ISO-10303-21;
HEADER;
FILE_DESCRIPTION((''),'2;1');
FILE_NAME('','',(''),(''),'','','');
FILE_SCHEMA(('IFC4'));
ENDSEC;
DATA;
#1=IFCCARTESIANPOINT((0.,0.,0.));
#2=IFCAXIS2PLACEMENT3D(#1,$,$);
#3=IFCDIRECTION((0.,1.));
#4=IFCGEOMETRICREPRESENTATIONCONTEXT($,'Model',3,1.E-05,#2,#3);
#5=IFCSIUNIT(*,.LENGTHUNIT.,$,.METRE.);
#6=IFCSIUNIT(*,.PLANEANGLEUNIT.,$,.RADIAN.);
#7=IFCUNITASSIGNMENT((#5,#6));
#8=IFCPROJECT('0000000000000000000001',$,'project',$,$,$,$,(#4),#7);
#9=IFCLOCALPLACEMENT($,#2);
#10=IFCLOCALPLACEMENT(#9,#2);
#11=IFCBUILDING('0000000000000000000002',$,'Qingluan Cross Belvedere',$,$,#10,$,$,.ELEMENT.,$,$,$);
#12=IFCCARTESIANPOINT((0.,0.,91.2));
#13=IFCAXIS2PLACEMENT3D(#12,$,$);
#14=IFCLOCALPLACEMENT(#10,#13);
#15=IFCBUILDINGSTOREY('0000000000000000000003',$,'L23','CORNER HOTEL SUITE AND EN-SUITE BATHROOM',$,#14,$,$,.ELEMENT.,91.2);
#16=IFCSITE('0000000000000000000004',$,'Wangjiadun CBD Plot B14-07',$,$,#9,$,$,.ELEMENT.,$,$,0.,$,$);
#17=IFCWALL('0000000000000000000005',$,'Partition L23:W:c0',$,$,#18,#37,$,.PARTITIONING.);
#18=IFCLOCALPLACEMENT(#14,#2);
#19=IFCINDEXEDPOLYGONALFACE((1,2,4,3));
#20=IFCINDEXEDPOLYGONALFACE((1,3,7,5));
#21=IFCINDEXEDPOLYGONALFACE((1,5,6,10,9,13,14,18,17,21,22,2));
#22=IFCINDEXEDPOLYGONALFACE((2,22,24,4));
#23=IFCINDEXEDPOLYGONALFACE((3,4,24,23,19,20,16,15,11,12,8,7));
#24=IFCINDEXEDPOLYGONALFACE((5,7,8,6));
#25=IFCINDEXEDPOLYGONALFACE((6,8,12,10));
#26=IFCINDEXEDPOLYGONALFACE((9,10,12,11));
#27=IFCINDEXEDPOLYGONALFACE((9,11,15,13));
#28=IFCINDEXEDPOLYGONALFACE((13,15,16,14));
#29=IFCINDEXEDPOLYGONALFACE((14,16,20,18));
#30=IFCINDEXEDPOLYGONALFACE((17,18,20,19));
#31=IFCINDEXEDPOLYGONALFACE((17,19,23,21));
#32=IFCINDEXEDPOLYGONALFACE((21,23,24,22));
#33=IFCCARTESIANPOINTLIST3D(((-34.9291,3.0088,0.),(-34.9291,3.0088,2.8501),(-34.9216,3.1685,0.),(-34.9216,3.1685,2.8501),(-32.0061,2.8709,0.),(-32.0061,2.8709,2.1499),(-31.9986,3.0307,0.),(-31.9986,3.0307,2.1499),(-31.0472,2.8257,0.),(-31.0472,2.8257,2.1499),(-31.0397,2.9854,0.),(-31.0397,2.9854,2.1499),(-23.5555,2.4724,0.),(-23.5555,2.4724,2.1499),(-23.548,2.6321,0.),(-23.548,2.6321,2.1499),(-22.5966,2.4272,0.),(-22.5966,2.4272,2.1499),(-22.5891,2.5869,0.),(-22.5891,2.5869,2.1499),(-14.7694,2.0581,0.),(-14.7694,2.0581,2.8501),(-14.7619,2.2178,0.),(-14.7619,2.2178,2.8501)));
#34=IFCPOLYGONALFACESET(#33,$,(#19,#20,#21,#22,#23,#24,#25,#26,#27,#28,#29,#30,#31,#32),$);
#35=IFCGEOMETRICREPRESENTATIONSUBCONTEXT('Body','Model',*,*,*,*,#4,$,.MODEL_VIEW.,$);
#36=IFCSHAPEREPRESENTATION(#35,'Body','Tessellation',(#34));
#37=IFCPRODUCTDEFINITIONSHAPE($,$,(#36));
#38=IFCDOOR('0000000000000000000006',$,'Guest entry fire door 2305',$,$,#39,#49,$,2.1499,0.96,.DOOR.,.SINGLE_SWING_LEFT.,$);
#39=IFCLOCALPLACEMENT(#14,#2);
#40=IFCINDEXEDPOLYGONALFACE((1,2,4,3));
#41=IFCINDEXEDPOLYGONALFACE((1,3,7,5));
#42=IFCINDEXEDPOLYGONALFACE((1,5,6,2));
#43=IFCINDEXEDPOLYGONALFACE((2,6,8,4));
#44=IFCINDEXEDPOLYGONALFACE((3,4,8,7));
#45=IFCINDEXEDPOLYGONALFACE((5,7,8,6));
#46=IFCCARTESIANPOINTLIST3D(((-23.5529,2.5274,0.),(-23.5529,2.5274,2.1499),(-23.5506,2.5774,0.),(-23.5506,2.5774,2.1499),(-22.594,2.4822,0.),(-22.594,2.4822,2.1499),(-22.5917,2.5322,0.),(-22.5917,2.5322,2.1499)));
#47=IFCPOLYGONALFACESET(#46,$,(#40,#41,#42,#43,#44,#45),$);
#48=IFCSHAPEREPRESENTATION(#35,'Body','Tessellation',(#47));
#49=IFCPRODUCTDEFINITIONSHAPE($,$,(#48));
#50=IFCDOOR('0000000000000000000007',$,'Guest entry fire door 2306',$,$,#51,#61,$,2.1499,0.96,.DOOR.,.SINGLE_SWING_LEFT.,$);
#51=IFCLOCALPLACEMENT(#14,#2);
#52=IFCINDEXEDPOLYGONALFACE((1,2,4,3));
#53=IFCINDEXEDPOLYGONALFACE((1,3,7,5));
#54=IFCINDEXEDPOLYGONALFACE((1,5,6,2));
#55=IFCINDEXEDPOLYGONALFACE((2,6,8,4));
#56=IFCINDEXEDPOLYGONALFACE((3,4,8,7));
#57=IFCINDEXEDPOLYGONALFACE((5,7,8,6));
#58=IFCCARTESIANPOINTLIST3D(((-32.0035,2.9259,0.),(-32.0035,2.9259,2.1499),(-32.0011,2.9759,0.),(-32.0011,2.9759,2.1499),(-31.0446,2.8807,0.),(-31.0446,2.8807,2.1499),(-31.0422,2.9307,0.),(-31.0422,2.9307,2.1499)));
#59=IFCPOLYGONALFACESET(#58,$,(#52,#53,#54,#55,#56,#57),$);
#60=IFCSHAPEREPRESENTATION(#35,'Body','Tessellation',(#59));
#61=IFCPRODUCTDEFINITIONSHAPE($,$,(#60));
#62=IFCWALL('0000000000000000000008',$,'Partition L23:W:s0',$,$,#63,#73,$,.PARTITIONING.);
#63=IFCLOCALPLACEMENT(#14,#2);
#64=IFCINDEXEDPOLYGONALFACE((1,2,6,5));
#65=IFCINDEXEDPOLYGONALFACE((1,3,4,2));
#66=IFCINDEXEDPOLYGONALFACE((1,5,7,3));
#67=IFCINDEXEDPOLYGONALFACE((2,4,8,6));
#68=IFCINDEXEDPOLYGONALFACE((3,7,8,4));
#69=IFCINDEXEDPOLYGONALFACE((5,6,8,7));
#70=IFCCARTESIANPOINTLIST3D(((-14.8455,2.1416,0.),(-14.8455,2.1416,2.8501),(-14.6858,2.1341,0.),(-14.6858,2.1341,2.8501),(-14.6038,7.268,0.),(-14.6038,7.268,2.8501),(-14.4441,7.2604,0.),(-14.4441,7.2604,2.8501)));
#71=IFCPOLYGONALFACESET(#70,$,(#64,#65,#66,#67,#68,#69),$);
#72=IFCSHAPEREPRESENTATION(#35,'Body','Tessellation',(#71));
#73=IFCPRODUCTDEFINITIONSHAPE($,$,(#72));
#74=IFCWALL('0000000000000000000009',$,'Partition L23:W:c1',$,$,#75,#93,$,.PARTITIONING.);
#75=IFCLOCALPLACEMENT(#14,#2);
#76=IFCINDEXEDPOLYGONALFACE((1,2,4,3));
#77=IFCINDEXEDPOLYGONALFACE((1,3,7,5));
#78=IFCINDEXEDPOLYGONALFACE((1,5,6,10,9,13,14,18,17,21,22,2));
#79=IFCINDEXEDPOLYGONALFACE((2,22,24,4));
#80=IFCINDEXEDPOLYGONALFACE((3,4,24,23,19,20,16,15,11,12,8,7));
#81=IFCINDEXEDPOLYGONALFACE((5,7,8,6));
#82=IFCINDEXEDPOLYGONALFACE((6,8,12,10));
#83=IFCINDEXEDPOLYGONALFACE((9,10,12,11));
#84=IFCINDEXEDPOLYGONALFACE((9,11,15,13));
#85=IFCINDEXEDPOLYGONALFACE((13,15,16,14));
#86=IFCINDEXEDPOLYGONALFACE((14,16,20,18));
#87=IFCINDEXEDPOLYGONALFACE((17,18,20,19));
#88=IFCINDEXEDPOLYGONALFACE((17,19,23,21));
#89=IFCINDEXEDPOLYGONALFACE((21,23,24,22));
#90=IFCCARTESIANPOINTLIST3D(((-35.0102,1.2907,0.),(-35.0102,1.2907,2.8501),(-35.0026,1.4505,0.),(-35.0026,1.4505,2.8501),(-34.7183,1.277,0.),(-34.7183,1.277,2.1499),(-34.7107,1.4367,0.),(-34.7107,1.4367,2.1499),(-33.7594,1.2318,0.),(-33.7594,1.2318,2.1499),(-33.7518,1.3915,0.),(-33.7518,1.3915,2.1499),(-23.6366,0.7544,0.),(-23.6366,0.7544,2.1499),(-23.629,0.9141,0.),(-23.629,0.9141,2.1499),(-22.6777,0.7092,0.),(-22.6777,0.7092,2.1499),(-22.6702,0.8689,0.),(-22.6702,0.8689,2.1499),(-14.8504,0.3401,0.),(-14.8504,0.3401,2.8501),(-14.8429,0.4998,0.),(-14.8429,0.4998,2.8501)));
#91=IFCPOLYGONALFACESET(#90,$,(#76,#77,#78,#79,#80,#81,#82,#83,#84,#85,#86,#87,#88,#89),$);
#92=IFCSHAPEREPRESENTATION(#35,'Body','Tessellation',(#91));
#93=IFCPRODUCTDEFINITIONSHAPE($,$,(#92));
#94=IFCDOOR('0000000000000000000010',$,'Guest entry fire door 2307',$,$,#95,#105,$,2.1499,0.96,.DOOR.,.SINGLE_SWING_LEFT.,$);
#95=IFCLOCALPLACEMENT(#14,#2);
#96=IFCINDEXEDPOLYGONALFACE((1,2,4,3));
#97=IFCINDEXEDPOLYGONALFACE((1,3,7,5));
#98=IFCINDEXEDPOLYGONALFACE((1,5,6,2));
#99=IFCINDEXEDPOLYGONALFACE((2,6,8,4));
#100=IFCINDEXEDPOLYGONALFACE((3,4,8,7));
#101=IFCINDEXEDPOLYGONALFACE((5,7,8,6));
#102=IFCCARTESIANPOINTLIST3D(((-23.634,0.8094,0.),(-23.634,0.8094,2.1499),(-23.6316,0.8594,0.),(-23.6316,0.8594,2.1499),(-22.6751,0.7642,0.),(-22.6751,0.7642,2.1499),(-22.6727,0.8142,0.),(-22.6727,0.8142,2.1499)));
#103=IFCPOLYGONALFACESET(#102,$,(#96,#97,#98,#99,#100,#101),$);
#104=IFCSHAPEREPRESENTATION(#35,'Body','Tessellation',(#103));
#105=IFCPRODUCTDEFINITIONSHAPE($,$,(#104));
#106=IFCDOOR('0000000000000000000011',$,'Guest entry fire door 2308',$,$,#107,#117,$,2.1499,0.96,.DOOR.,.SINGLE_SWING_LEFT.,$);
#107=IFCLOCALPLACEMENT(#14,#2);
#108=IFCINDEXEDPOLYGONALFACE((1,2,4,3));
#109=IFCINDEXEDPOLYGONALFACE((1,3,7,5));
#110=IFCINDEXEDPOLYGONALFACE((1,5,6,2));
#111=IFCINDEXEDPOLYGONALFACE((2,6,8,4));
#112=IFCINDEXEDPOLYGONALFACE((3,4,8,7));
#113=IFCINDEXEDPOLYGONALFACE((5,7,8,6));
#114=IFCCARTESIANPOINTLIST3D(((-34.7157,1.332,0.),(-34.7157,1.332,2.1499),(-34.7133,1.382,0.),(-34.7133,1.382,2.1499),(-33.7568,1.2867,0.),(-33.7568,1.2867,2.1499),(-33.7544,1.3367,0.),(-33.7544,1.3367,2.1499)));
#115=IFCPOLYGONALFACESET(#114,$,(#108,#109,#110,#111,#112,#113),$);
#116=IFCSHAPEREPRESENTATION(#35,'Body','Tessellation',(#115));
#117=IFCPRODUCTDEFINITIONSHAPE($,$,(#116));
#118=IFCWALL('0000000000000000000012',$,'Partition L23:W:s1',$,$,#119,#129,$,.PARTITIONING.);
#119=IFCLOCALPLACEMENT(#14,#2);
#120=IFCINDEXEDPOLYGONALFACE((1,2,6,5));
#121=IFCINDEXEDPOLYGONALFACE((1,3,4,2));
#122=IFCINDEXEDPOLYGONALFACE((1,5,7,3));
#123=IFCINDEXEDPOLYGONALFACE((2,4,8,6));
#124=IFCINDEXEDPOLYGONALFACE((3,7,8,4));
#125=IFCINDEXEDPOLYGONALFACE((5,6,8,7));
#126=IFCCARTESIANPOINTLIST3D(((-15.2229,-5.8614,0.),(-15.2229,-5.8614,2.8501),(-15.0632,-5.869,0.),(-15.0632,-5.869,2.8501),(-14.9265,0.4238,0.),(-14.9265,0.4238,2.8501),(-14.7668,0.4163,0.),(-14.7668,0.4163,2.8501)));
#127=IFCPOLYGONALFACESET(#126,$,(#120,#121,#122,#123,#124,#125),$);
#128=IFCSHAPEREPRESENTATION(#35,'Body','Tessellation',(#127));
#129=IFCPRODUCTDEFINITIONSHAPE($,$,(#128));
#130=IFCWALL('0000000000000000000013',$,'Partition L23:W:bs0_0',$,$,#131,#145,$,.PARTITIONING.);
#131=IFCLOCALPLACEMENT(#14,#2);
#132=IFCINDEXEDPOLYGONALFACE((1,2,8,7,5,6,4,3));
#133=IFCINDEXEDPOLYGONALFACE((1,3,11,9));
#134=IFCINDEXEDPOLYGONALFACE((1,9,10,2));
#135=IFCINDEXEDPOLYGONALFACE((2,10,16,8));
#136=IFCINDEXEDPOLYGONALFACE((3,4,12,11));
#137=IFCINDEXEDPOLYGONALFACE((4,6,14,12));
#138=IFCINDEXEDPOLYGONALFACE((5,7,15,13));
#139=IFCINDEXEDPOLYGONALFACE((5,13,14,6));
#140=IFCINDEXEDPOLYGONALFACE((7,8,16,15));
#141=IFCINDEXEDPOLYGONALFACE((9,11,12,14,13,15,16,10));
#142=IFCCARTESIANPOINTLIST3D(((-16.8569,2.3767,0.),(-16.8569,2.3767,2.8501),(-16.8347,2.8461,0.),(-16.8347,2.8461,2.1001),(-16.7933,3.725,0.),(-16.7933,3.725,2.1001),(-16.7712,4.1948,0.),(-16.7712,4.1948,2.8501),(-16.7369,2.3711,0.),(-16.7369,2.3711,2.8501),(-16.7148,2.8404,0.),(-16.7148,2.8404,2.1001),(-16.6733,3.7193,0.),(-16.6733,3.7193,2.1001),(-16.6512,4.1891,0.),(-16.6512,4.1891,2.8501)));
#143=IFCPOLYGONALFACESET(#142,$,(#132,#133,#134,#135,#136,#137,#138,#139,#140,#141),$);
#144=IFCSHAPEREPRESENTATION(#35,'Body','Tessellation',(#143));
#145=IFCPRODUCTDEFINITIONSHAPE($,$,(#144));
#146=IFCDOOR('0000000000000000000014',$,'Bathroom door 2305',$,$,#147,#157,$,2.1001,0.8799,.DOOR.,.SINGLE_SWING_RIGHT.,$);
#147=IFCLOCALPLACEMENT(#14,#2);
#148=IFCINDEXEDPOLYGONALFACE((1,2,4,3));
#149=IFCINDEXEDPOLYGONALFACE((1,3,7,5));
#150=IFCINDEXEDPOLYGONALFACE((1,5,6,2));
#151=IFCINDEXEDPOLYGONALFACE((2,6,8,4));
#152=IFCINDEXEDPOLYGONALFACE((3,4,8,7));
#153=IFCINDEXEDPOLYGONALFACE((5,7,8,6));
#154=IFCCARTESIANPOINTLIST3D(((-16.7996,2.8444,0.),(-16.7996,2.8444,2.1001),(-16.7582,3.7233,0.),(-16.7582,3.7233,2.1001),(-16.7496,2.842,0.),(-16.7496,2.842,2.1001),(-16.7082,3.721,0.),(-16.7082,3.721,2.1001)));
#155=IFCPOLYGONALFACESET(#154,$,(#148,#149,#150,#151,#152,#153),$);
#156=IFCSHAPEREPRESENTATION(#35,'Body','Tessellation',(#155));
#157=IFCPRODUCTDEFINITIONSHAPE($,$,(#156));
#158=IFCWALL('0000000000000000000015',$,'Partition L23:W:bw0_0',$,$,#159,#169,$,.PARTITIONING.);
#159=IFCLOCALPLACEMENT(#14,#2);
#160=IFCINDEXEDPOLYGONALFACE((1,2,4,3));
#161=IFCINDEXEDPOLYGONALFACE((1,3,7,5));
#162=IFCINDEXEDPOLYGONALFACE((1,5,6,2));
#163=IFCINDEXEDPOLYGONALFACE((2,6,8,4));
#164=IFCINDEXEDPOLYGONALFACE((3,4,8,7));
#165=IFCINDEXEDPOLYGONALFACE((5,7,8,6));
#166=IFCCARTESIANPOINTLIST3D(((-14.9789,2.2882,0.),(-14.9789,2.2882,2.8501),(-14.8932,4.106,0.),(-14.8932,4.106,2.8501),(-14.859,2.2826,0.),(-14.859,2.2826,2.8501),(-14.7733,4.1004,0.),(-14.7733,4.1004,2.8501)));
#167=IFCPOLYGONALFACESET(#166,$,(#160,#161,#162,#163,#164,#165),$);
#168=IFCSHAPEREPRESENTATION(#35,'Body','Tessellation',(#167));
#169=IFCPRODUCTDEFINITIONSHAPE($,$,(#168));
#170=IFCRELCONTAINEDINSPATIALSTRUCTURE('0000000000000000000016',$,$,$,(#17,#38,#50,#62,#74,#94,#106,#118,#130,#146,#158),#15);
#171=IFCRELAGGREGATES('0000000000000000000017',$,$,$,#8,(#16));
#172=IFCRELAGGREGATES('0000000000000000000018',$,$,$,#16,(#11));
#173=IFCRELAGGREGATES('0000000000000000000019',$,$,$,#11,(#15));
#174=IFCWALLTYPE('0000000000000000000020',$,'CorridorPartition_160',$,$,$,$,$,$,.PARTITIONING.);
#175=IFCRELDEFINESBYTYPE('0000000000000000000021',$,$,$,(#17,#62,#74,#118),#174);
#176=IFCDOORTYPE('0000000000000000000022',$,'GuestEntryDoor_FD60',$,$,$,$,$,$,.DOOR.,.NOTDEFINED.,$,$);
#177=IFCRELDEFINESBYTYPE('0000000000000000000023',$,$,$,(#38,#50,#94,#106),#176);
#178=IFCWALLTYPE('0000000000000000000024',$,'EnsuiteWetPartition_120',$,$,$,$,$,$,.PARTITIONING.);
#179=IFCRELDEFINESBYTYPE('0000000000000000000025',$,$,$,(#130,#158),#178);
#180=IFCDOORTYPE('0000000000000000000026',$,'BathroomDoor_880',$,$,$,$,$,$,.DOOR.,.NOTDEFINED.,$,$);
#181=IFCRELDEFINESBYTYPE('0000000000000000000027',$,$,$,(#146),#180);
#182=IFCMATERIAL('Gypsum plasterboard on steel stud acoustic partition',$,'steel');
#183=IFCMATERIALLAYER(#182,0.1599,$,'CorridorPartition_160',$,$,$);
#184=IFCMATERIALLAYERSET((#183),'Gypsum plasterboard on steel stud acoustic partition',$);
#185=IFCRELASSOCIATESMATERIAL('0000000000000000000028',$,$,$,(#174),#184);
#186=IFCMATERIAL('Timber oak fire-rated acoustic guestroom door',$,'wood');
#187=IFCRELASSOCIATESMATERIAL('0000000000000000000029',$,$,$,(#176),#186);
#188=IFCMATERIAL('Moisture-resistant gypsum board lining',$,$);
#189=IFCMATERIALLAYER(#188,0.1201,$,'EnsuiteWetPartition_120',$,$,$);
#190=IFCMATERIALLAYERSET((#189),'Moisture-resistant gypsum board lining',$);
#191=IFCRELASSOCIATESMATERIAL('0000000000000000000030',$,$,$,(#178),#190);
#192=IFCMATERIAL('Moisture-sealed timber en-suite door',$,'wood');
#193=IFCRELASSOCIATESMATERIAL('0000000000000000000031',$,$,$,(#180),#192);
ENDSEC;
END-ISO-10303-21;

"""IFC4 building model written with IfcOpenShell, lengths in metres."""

from ifc_helpers import new_model, si_unit, direction, frame, frame_2d, origin, place, context, subcontext, project, spatial, rectangle, extrude, material, layer, layer_set, type_object, element, fill, save


model = new_model("IFC4")

# Units and contexts
model_context = context("Model", 3, precision=1e-05, world=origin(), true_north=direction((0.0, 1.0)))
body_context = subcontext(model_context, "Body", "Model", "MODEL_VIEW")
ifc_project = project(units=[si_unit("LENGTHUNIT", "METRE"), si_unit("PLANEANGLEUNIT", "RADIAN")], contexts=[model_context])

# Site, building, storey
site_placement = place(None, origin())
site = spatial("IfcSite", under=ifc_project, at=site_placement, Name="Wangjiadun CBD Plot B14-07", CompositionType="ELEMENT", RefElevation=0.0)
building_placement = place(site_placement, origin())
building = spatial("IfcBuilding", under=site, at=building_placement, Name="Qingluan Cross Belvedere", CompositionType="ELEMENT")
storey_placement = place(building_placement, frame((0.0, 0.0, 91.2)))
storey = spatial("IfcBuildingStorey", under=building, at=storey_placement, Name="L23", Description="CORNER HOTEL SUITE AND EN-SUITE BATHROOM", CompositionType="ELEMENT", Elevation=91.2)

# Wall, openings, doors
ifc_material_1 = material(Name="Gypsum plasterboard on steel stud acoustic partition", Category="steel")
ifc_layer_1 = layer(ifc_material_1, 0.1599, Name="CorridorPartition_160")
ifc_layer_set_1 = layer_set([ifc_layer_1], Name="Gypsum plasterboard on steel stud acoustic partition")
wall_type_1 = type_object("IfcWallType", Name="CorridorPartition_160", PredefinedType="PARTITIONING", material=ifc_layer_set_1)
wall_1_placement = place(storey_placement, frame((-14.7656, 2.1379, 0.0), z_axis=(0.0, 0.0, 1.0), x_axis=(-0.99889, 0.047105, 0.0)))
wall_1 = element("IfcWall", 1, at=wall_1_placement, inside=storey, type_object=wall_type_1, Name="Partition L23:W:c0", PredefinedType="PARTITIONING", context=body_context, shape_type="SweptSolid", body=[
    extrude(rectangle(XDim=20.1821, YDim=0.1599, at=frame_2d((10.0911, 0.0))), origin(), (0.0, 0.0, 1.0), 2.8501),
])
opening_1_placement = place(wall_1_placement, frame((7.8359, 0.0, 0.0)))
opening_1 = element("IfcOpeningElement", 2, at=opening_1_placement, cuts=wall_1, PredefinedType="OPENING", context=body_context, shape_type="SweptSolid", body=[
    extrude(rectangle(XDim=0.96, YDim=2.1499, at=frame_2d((0.48, 1.075))), frame((0.0, 0.0898, 0.0), z_axis=(0.0, -1.0, 0.0), x_axis=(1.0, 0.0, 0.0)), (0.0, 0.0, 1.0), 0.1799),
])
opening_2_placement = place(wall_1_placement, frame((16.2959, 0.0, 0.0)))
opening_2 = element("IfcOpeningElement", 3, at=opening_2_placement, cuts=wall_1, PredefinedType="OPENING", context=body_context, shape_type="SweptSolid", body=[
    extrude(rectangle(XDim=0.96, YDim=2.1499, at=frame_2d((0.48, 1.075))), frame((0.0, 0.0898, 0.0), z_axis=(0.0, -1.0, 0.0), x_axis=(1.0, 0.0, 0.0)), (0.0, 0.0, 1.0), 0.1799),
])
ifc_material_2 = material(Name="Timber oak fire-rated acoustic guestroom door", Category="wood")
door_type_1 = type_object("IfcDoorType", Name="GuestEntryDoor_FD60", OperationType="NOTDEFINED", PredefinedType="DOOR", material=ifc_material_2)
door_1_placement = place(opening_1_placement, origin())
door_1 = element("IfcDoor", 4, at=door_1_placement, inside=storey, type_object=door_type_1, Name="Guest entry fire door 2305", OperationType="SINGLE_SWING_LEFT", OverallHeight=2.1499, OverallWidth=0.96, PredefinedType="DOOR", context=body_context, shape_type="SweptSolid", body=[
    extrude(rectangle(XDim=0.96, YDim=2.1499, at=frame_2d((0.48, 1.075))), frame((0.0, 0.0249, 0.0), z_axis=(0.0, -1.0, 0.0), x_axis=(1.0, 0.0, 0.0)), (0.0, 0.0, 1.0), 0.05),
])
fill(opening_1, door_1)
door_2_placement = place(opening_2_placement, origin())
door_2 = element("IfcDoor", 5, at=door_2_placement, inside=storey, type_object=door_type_1, Name="Guest entry fire door 2306", OperationType="SINGLE_SWING_LEFT", OverallHeight=2.1499, OverallWidth=0.96, PredefinedType="DOOR", context=body_context, shape_type="SweptSolid", body=[
    extrude(rectangle(XDim=0.96, YDim=2.1499, at=frame_2d((0.48, 1.075))), frame((0.0, 0.0249, 0.0), z_axis=(0.0, -1.0, 0.0), x_axis=(1.0, 0.0, 0.0)), (0.0, 0.0, 1.0), 0.05),
])
fill(opening_2, door_2)

# Wall
wall_2_placement = place(storey_placement, frame((-14.7656, 2.1379, 0.0), z_axis=(0.0, 0.0, 1.0), x_axis=(0.047095, 0.99889, 0.0)))
element("IfcWall", 6, at=wall_2_placement, inside=storey, type_object=wall_type_1, Name="Partition L23:W:s0", PredefinedType="PARTITIONING", context=body_context, shape_type="SweptSolid", body=[
    extrude(rectangle(XDim=5.1321, YDim=0.1599, at=frame_2d((2.5659, 0.0))), origin(), (0.0, 0.0, 1.0), 2.8501),
])

# Wall, openings, doors
wall_3_placement = place(storey_placement, frame((-14.8467, 0.4199, 0.0), z_axis=(0.0, 0.0, 1.0), x_axis=(-0.99889, 0.047105, 0.0)))
wall_3 = element("IfcWall", 7, at=wall_3_placement, inside=storey, type_object=wall_type_1, Name="Partition L23:W:c1", PredefinedType="PARTITIONING", context=body_context, shape_type="SweptSolid", body=[
    extrude(rectangle(XDim=20.1821, YDim=0.1599, at=frame_2d((10.0911, 0.0))), origin(), (0.0, 0.0, 1.0), 2.8501),
])
opening_3_placement = place(wall_3_placement, frame((7.8359, 0.0, 0.0)))
opening_3 = element("IfcOpeningElement", 8, at=opening_3_placement, cuts=wall_3, PredefinedType="OPENING", context=body_context, shape_type="SweptSolid", body=[
    extrude(rectangle(XDim=0.96, YDim=2.1499, at=frame_2d((0.48, 1.075))), frame((0.0, 0.0898, 0.0), z_axis=(0.0, -1.0, 0.0), x_axis=(1.0, 0.0, 0.0)), (0.0, 0.0, 1.0), 0.1799),
])
opening_4_placement = place(wall_3_placement, frame((18.9299, 0.0, 0.0)))
opening_4 = element("IfcOpeningElement", 9, at=opening_4_placement, cuts=wall_3, PredefinedType="OPENING", context=body_context, shape_type="SweptSolid", body=[
    extrude(rectangle(XDim=0.96, YDim=2.1499, at=frame_2d((0.48, 1.075))), frame((0.0, 0.0898, 0.0), z_axis=(0.0, -1.0, 0.0), x_axis=(1.0, 0.0, 0.0)), (0.0, 0.0, 1.0), 0.1799),
])
door_3_placement = place(opening_3_placement, origin())
door_3 = element("IfcDoor", 10, at=door_3_placement, inside=storey, type_object=door_type_1, Name="Guest entry fire door 2307", OperationType="SINGLE_SWING_LEFT", OverallHeight=2.1499, OverallWidth=0.96, PredefinedType="DOOR", context=body_context, shape_type="SweptSolid", body=[
    extrude(rectangle(XDim=0.96, YDim=2.1499, at=frame_2d((0.48, 1.075))), frame((0.0, 0.0249, 0.0), z_axis=(0.0, -1.0, 0.0), x_axis=(1.0, 0.0, 0.0)), (0.0, 0.0, 1.0), 0.05),
])
fill(opening_3, door_3)
door_4_placement = place(opening_4_placement, origin())
door_4 = element("IfcDoor", 11, at=door_4_placement, inside=storey, type_object=door_type_1, Name="Guest entry fire door 2308", OperationType="SINGLE_SWING_LEFT", OverallHeight=2.1499, OverallWidth=0.96, PredefinedType="DOOR", context=body_context, shape_type="SweptSolid", body=[
    extrude(rectangle(XDim=0.96, YDim=2.1499, at=frame_2d((0.48, 1.075))), frame((0.0, 0.0249, 0.0), z_axis=(0.0, -1.0, 0.0), x_axis=(1.0, 0.0, 0.0)), (0.0, 0.0, 1.0), 0.05),
])
fill(opening_4, door_4)

# Wall
wall_4_placement = place(storey_placement, frame((-14.8467, 0.4199, 0.0), z_axis=(0.0, 0.0, 1.0), x_axis=(-0.047104, -0.99889, 0.0)))
element("IfcWall", 12, at=wall_4_placement, inside=storey, type_object=wall_type_1, Name="Partition L23:W:s1", PredefinedType="PARTITIONING", context=body_context, shape_type="SweptSolid", body=[
    extrude(rectangle(XDim=6.2922, YDim=0.1599, at=frame_2d((3.146, 0.0))), origin(), (0.0, 0.0, 1.0), 2.8501),
])

# Wall, opening, door
ifc_material_3 = material(Name="Moisture-resistant gypsum board lining")
ifc_layer_2 = layer(ifc_material_3, 0.1201, Name="EnsuiteWetPartition_120")
ifc_layer_set_2 = layer_set([ifc_layer_2], Name="Moisture-resistant gypsum board lining")
wall_type_2 = type_object("IfcWallType", Name="EnsuiteWetPartition_120", PredefinedType="PARTITIONING", material=ifc_layer_set_2)
wall_5_placement = place(storey_placement, frame((-16.7969, 2.3738, 0.0), z_axis=(0.0, 0.0, 1.0), x_axis=(0.047081, 0.998891, 0.0)))
wall_5 = element("IfcWall", 13, at=wall_5_placement, inside=storey, type_object=wall_type_2, Name="Partition L23:W:bs0_0", PredefinedType="PARTITIONING", context=body_context, shape_type="SweptSolid", body=[
    extrude(rectangle(XDim=1.8201, YDim=0.1201, at=frame_2d((0.9102, 0.0))), origin(), (0.0, 0.0, 1.0), 2.8501),
])
opening_5_placement = place(wall_5_placement, frame((0.47, 0.0, 0.0)))
opening_5 = element("IfcOpeningElement", 14, at=opening_5_placement, cuts=wall_5, PredefinedType="OPENING", context=body_context, shape_type="SweptSolid", body=[
    extrude(rectangle(XDim=0.8799, YDim=2.1001, at=frame_2d((0.4399, 1.05))), frame((0.0, 0.0701, 0.0), z_axis=(0.0, -1.0, 0.0), x_axis=(1.0, 0.0, 0.0)), (0.0, 0.0, 1.0), 0.1401),
])
ifc_material_4 = material(Name="Moisture-sealed timber en-suite door", Category="wood")
door_type_2 = type_object("IfcDoorType", Name="BathroomDoor_880", OperationType="NOTDEFINED", PredefinedType="DOOR", material=ifc_material_4)
door_5_placement = place(opening_5_placement, origin())
door_5 = element("IfcDoor", 15, at=door_5_placement, inside=storey, type_object=door_type_2, Name="Bathroom door 2305", OperationType="SINGLE_SWING_RIGHT", OverallHeight=2.1001, OverallWidth=0.8799, PredefinedType="DOOR", context=body_context, shape_type="SweptSolid", body=[
    extrude(rectangle(XDim=0.8799, YDim=2.1001, at=frame_2d((0.4399, 1.05))), frame((0.0, 0.0249, 0.0), z_axis=(0.0, -1.0, 0.0), x_axis=(1.0, 0.0, 0.0)), (0.0, 0.0, 1.0), 0.05),
])
fill(opening_5, door_5)

# Wall
wall_6_placement = place(storey_placement, frame((-14.9189, 2.2854, 0.0), z_axis=(0.0, 0.0, 1.0), x_axis=(0.047087, 0.998891, 0.0)))
element("IfcWall", 16, at=wall_6_placement, inside=storey, type_object=wall_type_2, Name="Partition L23:W:bw0_0", PredefinedType="PARTITIONING", context=body_context, shape_type="SweptSolid", body=[
    extrude(rectangle(XDim=1.8198, YDim=0.1201, at=frame_2d((0.9099, 0.0))), origin(), (0.0, 0.0, 1.0), 2.8501),
])

save(model, "model.ifc")
